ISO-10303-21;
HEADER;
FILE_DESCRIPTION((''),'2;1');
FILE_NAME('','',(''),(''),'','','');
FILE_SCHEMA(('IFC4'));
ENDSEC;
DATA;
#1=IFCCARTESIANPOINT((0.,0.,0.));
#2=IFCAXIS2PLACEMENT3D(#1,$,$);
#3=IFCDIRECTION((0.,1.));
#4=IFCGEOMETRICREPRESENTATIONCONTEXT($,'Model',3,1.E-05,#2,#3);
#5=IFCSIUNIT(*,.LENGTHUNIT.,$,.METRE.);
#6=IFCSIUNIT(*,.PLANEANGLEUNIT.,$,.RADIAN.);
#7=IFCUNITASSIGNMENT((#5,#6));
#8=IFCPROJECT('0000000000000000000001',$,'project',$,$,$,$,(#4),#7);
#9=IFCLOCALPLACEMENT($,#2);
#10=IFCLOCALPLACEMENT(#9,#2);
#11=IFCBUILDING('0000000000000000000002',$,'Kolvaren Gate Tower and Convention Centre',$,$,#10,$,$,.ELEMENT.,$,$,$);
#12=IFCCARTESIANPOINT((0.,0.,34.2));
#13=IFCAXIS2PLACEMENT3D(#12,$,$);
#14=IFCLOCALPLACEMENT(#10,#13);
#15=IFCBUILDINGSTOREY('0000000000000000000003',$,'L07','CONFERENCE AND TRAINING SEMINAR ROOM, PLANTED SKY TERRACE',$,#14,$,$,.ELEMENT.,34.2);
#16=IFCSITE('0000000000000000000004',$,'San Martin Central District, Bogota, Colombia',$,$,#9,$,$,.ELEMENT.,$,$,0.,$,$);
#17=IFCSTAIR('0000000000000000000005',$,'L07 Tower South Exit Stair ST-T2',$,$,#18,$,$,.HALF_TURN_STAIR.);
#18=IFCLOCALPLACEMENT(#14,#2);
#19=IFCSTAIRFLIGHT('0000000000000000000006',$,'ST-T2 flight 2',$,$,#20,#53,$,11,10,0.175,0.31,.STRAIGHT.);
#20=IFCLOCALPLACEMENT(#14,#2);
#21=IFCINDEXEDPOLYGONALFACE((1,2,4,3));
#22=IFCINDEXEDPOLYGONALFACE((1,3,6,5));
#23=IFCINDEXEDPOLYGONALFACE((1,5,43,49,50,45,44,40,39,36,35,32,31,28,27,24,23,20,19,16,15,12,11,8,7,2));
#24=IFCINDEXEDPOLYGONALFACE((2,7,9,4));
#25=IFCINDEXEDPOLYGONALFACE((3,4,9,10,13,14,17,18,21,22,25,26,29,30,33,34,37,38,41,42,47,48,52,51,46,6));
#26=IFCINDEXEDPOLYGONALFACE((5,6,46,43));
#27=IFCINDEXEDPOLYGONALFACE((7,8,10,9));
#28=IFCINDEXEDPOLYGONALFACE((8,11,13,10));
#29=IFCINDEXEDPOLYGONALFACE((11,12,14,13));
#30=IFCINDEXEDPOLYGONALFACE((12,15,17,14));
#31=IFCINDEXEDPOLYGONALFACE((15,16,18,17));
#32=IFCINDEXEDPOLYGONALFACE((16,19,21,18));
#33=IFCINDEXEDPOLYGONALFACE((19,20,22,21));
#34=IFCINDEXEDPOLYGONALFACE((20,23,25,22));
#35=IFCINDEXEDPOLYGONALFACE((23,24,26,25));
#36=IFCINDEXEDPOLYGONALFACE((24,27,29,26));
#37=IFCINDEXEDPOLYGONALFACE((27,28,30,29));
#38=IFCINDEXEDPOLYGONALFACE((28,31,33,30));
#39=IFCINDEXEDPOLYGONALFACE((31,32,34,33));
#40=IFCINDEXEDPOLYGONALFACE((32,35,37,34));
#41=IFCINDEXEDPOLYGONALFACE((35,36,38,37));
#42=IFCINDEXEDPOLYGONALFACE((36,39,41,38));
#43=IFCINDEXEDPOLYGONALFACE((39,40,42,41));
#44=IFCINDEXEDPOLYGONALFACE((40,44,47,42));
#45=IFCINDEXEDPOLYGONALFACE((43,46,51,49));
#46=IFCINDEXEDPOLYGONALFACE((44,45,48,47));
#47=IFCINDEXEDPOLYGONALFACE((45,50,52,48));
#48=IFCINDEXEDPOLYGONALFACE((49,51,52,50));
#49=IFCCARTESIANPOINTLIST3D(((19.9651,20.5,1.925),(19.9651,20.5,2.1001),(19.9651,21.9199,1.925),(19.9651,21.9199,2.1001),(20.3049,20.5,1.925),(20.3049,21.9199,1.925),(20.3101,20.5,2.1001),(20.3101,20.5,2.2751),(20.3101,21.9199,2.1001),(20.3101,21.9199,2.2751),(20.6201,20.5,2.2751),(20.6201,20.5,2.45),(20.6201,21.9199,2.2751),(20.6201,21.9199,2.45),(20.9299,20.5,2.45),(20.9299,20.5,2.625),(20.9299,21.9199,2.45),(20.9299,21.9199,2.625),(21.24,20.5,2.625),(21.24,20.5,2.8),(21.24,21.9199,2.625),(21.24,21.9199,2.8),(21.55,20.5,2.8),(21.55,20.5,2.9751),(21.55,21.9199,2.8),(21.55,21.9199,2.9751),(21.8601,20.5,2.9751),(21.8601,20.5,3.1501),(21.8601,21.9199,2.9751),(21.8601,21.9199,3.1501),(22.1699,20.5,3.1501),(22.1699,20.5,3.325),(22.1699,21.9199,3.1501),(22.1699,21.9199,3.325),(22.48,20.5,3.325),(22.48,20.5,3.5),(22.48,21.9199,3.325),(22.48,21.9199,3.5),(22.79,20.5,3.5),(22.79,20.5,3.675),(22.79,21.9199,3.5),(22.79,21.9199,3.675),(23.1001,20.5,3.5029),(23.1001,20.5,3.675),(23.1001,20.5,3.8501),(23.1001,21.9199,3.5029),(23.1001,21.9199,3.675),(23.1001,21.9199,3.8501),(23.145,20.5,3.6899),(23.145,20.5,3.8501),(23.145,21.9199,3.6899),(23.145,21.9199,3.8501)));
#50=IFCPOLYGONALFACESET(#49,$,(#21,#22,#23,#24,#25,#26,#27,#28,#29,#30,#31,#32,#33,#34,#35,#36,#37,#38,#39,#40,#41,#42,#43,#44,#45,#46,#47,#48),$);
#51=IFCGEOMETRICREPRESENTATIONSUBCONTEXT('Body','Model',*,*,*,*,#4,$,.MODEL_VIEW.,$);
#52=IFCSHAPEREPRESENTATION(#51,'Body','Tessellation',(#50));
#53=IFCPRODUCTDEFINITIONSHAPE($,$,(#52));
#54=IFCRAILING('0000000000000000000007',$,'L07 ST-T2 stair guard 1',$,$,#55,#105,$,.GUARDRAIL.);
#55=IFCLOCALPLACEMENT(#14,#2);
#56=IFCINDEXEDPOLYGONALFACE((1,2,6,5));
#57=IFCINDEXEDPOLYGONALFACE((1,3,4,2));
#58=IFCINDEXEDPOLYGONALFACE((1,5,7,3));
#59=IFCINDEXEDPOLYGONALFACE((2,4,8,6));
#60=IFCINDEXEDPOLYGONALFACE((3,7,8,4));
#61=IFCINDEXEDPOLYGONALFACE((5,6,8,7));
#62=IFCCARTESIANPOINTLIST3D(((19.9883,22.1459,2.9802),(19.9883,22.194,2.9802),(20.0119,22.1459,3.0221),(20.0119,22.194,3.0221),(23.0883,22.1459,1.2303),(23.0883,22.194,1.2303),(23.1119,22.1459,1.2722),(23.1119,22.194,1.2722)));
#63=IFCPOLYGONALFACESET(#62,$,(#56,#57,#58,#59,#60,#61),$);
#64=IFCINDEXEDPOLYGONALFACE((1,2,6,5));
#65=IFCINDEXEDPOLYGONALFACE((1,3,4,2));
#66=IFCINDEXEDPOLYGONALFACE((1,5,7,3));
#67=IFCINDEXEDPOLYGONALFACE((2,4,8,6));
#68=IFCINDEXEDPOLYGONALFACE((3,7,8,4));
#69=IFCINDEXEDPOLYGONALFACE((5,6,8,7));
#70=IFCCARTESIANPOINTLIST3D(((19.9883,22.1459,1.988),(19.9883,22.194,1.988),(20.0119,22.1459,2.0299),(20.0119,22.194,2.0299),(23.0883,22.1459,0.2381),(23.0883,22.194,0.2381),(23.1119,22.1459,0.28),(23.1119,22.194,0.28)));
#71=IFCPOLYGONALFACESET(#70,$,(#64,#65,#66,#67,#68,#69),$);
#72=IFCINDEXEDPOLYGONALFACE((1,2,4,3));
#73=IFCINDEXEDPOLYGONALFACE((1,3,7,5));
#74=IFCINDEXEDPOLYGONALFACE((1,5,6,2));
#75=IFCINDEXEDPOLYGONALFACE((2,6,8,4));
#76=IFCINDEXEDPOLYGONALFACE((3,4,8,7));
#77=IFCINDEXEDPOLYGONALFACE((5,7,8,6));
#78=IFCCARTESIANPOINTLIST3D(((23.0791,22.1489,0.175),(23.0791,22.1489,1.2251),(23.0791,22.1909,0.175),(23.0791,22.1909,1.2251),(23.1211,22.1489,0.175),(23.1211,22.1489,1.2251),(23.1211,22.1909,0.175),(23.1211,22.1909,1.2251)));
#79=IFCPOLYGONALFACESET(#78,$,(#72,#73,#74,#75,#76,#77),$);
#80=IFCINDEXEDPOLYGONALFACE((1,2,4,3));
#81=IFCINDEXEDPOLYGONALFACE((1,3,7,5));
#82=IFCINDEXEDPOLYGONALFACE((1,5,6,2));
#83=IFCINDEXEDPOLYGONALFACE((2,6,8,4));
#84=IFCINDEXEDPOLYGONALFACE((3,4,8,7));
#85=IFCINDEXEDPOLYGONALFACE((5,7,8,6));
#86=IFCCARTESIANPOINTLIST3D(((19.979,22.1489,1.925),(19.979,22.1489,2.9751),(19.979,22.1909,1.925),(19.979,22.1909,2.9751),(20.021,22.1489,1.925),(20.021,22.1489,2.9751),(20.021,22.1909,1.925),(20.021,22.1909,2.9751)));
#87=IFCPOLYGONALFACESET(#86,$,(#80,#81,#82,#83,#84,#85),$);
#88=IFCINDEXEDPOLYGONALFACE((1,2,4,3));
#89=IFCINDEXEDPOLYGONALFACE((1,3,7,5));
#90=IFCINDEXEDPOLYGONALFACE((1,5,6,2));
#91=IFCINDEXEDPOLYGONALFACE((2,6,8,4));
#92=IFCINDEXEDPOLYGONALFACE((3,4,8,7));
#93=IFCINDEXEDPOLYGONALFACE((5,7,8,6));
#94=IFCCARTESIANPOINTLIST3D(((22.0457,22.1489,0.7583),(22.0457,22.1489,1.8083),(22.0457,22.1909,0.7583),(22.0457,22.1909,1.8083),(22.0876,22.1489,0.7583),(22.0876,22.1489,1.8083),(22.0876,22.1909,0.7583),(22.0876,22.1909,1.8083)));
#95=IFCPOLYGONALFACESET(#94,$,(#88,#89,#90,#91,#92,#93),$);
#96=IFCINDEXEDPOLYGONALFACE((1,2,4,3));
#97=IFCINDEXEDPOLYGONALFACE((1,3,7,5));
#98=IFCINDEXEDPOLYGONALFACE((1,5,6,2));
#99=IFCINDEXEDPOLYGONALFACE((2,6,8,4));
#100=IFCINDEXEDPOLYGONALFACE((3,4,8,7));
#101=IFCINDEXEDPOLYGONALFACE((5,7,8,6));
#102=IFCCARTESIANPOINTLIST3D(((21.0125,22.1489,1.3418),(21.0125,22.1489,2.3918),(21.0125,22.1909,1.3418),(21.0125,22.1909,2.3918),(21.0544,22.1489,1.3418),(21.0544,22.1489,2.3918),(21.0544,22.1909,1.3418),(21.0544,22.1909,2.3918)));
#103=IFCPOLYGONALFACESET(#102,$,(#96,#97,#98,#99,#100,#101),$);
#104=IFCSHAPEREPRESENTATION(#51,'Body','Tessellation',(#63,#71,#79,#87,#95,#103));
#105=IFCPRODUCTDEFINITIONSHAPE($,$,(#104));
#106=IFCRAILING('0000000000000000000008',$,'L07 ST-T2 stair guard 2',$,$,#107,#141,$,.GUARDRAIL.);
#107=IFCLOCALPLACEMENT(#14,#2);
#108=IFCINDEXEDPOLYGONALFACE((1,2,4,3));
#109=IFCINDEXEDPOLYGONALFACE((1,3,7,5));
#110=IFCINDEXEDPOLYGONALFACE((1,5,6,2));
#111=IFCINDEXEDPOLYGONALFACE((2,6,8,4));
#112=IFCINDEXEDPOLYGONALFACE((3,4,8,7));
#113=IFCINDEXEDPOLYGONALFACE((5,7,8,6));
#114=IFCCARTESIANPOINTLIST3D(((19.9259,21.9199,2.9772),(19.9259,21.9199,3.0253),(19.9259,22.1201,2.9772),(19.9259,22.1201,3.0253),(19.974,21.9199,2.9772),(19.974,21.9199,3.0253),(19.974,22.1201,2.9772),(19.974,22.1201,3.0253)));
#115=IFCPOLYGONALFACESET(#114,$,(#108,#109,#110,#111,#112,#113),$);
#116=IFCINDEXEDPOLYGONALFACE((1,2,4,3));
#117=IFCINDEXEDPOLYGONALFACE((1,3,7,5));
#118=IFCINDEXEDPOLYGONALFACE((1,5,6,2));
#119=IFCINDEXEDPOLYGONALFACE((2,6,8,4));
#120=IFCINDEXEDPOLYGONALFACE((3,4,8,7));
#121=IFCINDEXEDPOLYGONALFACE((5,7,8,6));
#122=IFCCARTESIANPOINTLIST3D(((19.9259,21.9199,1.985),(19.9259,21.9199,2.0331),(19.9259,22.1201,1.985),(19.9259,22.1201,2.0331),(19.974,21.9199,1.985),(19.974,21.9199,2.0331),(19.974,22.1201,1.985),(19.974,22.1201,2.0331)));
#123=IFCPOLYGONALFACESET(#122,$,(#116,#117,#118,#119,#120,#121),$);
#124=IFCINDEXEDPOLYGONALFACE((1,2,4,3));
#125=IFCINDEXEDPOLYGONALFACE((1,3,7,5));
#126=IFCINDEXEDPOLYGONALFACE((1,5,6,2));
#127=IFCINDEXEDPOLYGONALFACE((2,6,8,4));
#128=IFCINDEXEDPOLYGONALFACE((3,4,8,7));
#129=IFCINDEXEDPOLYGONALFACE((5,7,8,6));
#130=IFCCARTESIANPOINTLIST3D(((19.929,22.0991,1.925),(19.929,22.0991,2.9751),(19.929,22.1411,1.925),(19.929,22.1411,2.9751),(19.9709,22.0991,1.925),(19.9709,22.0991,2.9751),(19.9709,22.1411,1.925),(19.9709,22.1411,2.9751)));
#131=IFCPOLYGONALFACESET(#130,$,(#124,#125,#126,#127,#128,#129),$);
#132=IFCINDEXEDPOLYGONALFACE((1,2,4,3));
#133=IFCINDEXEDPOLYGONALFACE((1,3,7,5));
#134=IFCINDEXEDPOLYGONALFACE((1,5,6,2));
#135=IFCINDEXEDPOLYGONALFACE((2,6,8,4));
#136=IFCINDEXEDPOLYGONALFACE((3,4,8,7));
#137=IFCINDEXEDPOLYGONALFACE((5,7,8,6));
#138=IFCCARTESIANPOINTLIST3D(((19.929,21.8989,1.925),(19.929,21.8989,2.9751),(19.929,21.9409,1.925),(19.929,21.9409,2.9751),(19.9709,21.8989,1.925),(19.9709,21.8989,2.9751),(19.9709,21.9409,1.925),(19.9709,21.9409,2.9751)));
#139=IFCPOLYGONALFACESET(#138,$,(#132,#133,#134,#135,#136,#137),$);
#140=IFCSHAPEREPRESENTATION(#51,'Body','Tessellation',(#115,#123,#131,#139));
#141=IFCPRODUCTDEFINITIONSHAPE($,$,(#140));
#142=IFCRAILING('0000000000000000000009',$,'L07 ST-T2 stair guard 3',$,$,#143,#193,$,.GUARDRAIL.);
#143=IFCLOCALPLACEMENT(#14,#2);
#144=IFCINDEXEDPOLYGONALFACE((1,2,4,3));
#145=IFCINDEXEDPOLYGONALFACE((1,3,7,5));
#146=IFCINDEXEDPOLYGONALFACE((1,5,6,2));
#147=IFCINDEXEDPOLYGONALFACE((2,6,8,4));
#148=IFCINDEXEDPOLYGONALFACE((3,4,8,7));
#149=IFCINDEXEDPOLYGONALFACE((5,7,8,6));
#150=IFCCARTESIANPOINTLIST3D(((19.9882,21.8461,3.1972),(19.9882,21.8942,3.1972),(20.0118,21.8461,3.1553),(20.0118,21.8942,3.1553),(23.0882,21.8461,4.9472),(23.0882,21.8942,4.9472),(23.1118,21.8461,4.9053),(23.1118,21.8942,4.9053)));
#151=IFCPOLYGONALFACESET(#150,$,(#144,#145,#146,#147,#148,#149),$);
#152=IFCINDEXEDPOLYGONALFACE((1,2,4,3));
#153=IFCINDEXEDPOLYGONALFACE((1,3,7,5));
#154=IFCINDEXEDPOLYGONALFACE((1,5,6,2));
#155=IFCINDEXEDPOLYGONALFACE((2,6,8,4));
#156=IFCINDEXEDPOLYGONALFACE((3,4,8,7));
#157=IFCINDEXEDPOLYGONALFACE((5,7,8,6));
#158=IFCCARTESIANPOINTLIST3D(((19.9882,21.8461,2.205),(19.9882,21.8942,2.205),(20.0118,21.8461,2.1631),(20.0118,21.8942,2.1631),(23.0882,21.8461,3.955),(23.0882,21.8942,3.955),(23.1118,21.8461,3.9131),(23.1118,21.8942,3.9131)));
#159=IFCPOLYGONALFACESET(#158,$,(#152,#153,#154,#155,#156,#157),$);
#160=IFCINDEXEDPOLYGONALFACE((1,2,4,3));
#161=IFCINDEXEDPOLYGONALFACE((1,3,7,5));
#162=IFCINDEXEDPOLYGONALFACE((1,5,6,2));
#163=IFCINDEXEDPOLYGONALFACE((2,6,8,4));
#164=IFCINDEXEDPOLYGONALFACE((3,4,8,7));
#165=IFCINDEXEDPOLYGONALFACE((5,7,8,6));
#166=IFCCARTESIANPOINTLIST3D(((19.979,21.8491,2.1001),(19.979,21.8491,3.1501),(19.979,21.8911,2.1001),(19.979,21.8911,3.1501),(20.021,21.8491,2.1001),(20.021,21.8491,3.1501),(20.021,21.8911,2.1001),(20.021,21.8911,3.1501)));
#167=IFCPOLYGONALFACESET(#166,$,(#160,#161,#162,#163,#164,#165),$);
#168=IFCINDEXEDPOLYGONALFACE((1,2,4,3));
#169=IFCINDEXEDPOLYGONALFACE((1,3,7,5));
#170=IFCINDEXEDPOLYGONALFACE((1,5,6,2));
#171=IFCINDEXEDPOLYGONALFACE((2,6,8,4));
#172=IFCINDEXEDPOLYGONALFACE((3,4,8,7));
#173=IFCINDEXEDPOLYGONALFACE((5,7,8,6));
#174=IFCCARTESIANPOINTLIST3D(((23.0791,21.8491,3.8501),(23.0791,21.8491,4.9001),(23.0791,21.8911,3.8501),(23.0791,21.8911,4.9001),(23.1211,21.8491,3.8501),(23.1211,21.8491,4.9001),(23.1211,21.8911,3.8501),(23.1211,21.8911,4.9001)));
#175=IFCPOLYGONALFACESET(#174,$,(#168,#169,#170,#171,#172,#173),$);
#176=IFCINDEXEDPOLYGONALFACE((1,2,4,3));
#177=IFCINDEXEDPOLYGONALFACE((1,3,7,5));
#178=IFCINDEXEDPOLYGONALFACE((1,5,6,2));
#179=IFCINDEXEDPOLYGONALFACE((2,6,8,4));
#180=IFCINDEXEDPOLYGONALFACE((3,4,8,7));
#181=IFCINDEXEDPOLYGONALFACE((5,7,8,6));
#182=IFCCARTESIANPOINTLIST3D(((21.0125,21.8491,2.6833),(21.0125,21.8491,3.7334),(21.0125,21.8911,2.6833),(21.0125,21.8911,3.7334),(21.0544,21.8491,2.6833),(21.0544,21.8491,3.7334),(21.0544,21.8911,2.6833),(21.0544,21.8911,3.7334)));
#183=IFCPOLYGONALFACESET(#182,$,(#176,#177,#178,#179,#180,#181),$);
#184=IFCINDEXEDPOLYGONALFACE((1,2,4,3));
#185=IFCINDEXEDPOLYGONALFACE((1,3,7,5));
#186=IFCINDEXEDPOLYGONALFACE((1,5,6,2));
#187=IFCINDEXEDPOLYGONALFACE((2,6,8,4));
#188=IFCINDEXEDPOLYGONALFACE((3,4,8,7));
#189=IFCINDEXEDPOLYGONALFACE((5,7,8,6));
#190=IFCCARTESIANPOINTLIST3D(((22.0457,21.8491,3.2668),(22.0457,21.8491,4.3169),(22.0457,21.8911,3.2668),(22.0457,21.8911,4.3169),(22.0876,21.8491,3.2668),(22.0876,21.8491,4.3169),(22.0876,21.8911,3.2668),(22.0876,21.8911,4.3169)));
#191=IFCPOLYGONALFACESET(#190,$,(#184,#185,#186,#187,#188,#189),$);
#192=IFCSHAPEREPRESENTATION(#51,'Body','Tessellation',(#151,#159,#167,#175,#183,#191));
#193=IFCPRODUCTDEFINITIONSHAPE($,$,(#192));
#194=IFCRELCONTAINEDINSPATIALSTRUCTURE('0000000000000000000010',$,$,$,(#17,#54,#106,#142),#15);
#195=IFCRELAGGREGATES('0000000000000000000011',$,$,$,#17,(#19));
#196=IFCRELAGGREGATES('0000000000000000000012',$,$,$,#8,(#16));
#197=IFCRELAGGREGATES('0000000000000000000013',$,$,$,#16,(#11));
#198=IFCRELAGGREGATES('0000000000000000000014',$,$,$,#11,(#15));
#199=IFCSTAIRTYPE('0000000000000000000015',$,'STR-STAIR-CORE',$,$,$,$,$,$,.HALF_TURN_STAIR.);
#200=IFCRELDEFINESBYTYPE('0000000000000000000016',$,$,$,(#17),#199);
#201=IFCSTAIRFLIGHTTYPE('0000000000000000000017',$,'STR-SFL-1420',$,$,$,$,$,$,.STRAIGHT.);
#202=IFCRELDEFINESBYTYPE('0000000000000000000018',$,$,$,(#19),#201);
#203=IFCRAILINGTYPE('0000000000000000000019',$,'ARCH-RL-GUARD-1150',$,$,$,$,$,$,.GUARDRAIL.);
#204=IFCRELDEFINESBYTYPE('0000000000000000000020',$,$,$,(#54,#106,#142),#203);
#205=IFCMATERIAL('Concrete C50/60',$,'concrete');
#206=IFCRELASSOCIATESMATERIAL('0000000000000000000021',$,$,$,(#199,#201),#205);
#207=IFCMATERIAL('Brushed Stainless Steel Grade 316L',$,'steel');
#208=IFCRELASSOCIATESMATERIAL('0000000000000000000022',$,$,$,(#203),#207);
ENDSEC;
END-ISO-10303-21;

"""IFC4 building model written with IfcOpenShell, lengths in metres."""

from ifc_helpers import new_model, si_unit, direction, frame, origin, origin_2d, place, context, subcontext, project, spatial, polyline, rectangle, outline, extrude, material, type_object, element, aggregate, save


model = new_model("IFC4")

# Units and contexts
model_context = context("Model", 3, precision=1e-05, world=origin(), true_north=direction((0.0, 1.0)))
body_context = subcontext(model_context, "Body", "Model", "MODEL_VIEW")
ifc_project = project(units=[si_unit("LENGTHUNIT", "METRE"), si_unit("PLANEANGLEUNIT", "RADIAN")], contexts=[model_context])

# Site, building, storey
site_placement = place(None, origin())
site = spatial("IfcSite", under=ifc_project, at=site_placement, Name="San Martin Central District, Bogota, Colombia", CompositionType="ELEMENT", RefElevation=0.0)
building_placement = place(site_placement, origin())
building = spatial("IfcBuilding", under=site, at=building_placement, Name="Kolvaren Gate Tower and Convention Centre", CompositionType="ELEMENT")
storey_placement = place(building_placement, frame((0.0, 0.0, 34.2)))
storey = spatial("IfcBuildingStorey", under=building, at=storey_placement, Name="L07", Description="CONFERENCE AND TRAINING SEMINAR ROOM, PLANTED SKY TERRACE", CompositionType="ELEMENT", Elevation=34.2)

# Shared definitions
ifc_material_1 = material(Name="Brushed Stainless Steel Grade 316L", Category="steel")

# Shared definitions
ifc_material_2 = material(Name="Concrete C50/60", Category="concrete")

# Stair, stair flight
stair_type = type_object("IfcStairType", Name="STR-STAIR-CORE", PredefinedType="HALF_TURN_STAIR", material=ifc_material_2)
stair_placement = place(storey_placement, origin())
stair = element("IfcStair", 1, at=stair_placement, inside=storey, type_object=stair_type, Name="L07 Tower South Exit Stair ST-T2", PredefinedType="HALF_TURN_STAIR")
stair_flight_type = type_object("IfcStairFlightType", Name="STR-SFL-1420", PredefinedType="STRAIGHT", material=ifc_material_2)
stair_flight_1_placement = place(storey_placement, frame((20.0, 21.21, 1.925), z_axis=(0.0, 0.0, 1.0), x_axis=(1.0, 0.0, 0.0)))
stair_flight_1 = element("IfcStairFlight", 2, at=stair_flight_1_placement, type_object=stair_flight_type, Name="ST-T2 flight 2", NumberOfRisers=11, NumberOfTreads=10, PredefinedType="STRAIGHT", RiserHeight=0.175, TreadLength=0.31, context=body_context, shape_type="SweptSolid", body=[
    extrude(outline(polyline([(-0.0349, 0.0), (-0.0349, 0.175), (0.3101, 0.175), (0.3101, 0.3501), (0.6201, 0.3501), (0.6201, 0.5249), (0.9299, 0.5249), (0.9299, 0.7), (1.24, 0.7), (1.24, 0.875), (1.55, 0.875), (1.55, 1.05), (1.8601, 1.05), (1.8601, 1.2251), (2.1699, 1.2251), (2.1699, 1.3999), (2.48, 1.3999), (2.48, 1.575), (2.79, 1.575), (2.79, 1.75), (3.1001, 1.75), (3.1001, 1.925), (3.145, 1.925), (3.145, 1.7649), (3.1001, 1.5779), (0.3049, 0.0), (-0.0349, 0.0)])), frame((0.0, 0.71, 0.0), z_axis=(0.0, -1.0, 0.0), x_axis=(1.0, 0.0, 0.0)), (0.0, 0.0, 1.0), 1.4199),
])
aggregate(stair, [stair_flight_1])

# Railings
railing_type_1 = type_object("IfcRailingType", Name="ARCH-RL-GUARD-1150", PredefinedType="GUARDRAIL", material=ifc_material_1)
railing_1_placement = place(storey_placement, frame((23.1001, 22.1699, 0.175)))
element("IfcRailing", 3, at=railing_1_placement, inside=storey, type_object=railing_type_1, Name="L07 ST-T2 stair guard 1", PredefinedType="GUARDRAIL", context=body_context, shape_type="SweptSolid", body=[
    extrude(rectangle(XDim=0.0481, YDim=0.0481, at=origin_2d()), frame((0.0, 0.0, 1.0762), z_axis=(-0.870831, 0.0, 0.491583), x_axis=(0.0, -1.0, 0.0)), (0.0, 0.0, 1.0), 3.5598),
    extrude(rectangle(XDim=0.0481, YDim=0.0481, at=origin_2d()), frame((0.0, 0.0, 0.084), z_axis=(-0.870831, 0.0, 0.491583), x_axis=(0.0, -1.0, 0.0)), (0.0, 0.0, 1.0), 3.5598),
    extrude(rectangle(XDim=0.042, YDim=0.042, at=origin_2d()), origin(), (0.0, 0.0, 1.0), 1.05),
    extrude(rectangle(XDim=0.042, YDim=0.042, at=origin_2d()), frame((-3.1001, 0.0, 1.75)), (0.0, 0.0, 1.0), 1.05),
    extrude(rectangle(XDim=0.042, YDim=0.042, at=origin_2d()), frame((-1.0334, 0.0, 0.5833)), (0.0, 0.0, 1.0), 1.05),
    extrude(rectangle(XDim=0.042, YDim=0.042, at=origin_2d()), frame((-2.0667, 0.0, 1.1667)), (0.0, 0.0, 1.0), 1.05),
])
railing_2_placement = place(storey_placement, frame((19.95, 22.1201, 1.925)))
element("IfcRailing", 4, at=railing_2_placement, inside=storey, type_object=railing_type_1, Name="L07 ST-T2 stair guard 2", PredefinedType="GUARDRAIL", context=body_context, shape_type="SweptSolid", body=[
    extrude(rectangle(XDim=0.0481, YDim=0.0481, at=origin_2d()), frame((0.0, 0.0, 1.0762), z_axis=(0.0, -1.0, 0.0), x_axis=(1.0, 0.0, 0.0)), (0.0, 0.0, 1.0), 0.2002),
    extrude(rectangle(XDim=0.0481, YDim=0.0481, at=origin_2d()), frame((0.0, 0.0, 0.084), z_axis=(0.0, -1.0, 0.0), x_axis=(1.0, 0.0, 0.0)), (0.0, 0.0, 1.0), 0.2002),
    extrude(rectangle(XDim=0.042, YDim=0.042, at=origin_2d()), origin(), (0.0, 0.0, 1.0), 1.05),
    extrude(rectangle(XDim=0.042, YDim=0.042, at=origin_2d()), frame((0.0, -0.2002, 0.0)), (0.0, 0.0, 1.0), 1.05),
])
railing_3_placement = place(storey_placement, frame((20.0, 21.8701, 2.1001)))
element("IfcRailing", 5, at=railing_3_placement, inside=storey, type_object=railing_type_1, Name="L07 ST-T2 stair guard 3", PredefinedType="GUARDRAIL", context=body_context, shape_type="SweptSolid", body=[
    extrude(rectangle(XDim=0.0481, YDim=0.0481, at=origin_2d()), frame((0.0, 0.0, 1.0762), z_axis=(0.870831, 0.0, 0.491583), x_axis=(0.0, 1.0, 0.0)), (0.0, 0.0, 1.0), 3.5598),
    extrude(rectangle(XDim=0.0481, YDim=0.0481, at=origin_2d()), frame((0.0, 0.0, 0.084), z_axis=(0.870831, 0.0, 0.491583), x_axis=(0.0, 1.0, 0.0)), (0.0, 0.0, 1.0), 3.5598),
    extrude(rectangle(XDim=0.042, YDim=0.042, at=origin_2d()), origin(), (0.0, 0.0, 1.0), 1.05),
    extrude(rectangle(XDim=0.042, YDim=0.042, at=origin_2d()), frame((3.1001, 0.0, 1.75)), (0.0, 0.0, 1.0), 1.05),
    extrude(rectangle(XDim=0.042, YDim=0.042, at=origin_2d()), frame((1.0334, 0.0, 0.5833)), (0.0, 0.0, 1.0), 1.05),
    extrude(rectangle(XDim=0.042, YDim=0.042, at=origin_2d()), frame((2.0667, 0.0, 1.1667)), (0.0, 0.0, 1.0), 1.05),
])

save(model, "model.ifc")
